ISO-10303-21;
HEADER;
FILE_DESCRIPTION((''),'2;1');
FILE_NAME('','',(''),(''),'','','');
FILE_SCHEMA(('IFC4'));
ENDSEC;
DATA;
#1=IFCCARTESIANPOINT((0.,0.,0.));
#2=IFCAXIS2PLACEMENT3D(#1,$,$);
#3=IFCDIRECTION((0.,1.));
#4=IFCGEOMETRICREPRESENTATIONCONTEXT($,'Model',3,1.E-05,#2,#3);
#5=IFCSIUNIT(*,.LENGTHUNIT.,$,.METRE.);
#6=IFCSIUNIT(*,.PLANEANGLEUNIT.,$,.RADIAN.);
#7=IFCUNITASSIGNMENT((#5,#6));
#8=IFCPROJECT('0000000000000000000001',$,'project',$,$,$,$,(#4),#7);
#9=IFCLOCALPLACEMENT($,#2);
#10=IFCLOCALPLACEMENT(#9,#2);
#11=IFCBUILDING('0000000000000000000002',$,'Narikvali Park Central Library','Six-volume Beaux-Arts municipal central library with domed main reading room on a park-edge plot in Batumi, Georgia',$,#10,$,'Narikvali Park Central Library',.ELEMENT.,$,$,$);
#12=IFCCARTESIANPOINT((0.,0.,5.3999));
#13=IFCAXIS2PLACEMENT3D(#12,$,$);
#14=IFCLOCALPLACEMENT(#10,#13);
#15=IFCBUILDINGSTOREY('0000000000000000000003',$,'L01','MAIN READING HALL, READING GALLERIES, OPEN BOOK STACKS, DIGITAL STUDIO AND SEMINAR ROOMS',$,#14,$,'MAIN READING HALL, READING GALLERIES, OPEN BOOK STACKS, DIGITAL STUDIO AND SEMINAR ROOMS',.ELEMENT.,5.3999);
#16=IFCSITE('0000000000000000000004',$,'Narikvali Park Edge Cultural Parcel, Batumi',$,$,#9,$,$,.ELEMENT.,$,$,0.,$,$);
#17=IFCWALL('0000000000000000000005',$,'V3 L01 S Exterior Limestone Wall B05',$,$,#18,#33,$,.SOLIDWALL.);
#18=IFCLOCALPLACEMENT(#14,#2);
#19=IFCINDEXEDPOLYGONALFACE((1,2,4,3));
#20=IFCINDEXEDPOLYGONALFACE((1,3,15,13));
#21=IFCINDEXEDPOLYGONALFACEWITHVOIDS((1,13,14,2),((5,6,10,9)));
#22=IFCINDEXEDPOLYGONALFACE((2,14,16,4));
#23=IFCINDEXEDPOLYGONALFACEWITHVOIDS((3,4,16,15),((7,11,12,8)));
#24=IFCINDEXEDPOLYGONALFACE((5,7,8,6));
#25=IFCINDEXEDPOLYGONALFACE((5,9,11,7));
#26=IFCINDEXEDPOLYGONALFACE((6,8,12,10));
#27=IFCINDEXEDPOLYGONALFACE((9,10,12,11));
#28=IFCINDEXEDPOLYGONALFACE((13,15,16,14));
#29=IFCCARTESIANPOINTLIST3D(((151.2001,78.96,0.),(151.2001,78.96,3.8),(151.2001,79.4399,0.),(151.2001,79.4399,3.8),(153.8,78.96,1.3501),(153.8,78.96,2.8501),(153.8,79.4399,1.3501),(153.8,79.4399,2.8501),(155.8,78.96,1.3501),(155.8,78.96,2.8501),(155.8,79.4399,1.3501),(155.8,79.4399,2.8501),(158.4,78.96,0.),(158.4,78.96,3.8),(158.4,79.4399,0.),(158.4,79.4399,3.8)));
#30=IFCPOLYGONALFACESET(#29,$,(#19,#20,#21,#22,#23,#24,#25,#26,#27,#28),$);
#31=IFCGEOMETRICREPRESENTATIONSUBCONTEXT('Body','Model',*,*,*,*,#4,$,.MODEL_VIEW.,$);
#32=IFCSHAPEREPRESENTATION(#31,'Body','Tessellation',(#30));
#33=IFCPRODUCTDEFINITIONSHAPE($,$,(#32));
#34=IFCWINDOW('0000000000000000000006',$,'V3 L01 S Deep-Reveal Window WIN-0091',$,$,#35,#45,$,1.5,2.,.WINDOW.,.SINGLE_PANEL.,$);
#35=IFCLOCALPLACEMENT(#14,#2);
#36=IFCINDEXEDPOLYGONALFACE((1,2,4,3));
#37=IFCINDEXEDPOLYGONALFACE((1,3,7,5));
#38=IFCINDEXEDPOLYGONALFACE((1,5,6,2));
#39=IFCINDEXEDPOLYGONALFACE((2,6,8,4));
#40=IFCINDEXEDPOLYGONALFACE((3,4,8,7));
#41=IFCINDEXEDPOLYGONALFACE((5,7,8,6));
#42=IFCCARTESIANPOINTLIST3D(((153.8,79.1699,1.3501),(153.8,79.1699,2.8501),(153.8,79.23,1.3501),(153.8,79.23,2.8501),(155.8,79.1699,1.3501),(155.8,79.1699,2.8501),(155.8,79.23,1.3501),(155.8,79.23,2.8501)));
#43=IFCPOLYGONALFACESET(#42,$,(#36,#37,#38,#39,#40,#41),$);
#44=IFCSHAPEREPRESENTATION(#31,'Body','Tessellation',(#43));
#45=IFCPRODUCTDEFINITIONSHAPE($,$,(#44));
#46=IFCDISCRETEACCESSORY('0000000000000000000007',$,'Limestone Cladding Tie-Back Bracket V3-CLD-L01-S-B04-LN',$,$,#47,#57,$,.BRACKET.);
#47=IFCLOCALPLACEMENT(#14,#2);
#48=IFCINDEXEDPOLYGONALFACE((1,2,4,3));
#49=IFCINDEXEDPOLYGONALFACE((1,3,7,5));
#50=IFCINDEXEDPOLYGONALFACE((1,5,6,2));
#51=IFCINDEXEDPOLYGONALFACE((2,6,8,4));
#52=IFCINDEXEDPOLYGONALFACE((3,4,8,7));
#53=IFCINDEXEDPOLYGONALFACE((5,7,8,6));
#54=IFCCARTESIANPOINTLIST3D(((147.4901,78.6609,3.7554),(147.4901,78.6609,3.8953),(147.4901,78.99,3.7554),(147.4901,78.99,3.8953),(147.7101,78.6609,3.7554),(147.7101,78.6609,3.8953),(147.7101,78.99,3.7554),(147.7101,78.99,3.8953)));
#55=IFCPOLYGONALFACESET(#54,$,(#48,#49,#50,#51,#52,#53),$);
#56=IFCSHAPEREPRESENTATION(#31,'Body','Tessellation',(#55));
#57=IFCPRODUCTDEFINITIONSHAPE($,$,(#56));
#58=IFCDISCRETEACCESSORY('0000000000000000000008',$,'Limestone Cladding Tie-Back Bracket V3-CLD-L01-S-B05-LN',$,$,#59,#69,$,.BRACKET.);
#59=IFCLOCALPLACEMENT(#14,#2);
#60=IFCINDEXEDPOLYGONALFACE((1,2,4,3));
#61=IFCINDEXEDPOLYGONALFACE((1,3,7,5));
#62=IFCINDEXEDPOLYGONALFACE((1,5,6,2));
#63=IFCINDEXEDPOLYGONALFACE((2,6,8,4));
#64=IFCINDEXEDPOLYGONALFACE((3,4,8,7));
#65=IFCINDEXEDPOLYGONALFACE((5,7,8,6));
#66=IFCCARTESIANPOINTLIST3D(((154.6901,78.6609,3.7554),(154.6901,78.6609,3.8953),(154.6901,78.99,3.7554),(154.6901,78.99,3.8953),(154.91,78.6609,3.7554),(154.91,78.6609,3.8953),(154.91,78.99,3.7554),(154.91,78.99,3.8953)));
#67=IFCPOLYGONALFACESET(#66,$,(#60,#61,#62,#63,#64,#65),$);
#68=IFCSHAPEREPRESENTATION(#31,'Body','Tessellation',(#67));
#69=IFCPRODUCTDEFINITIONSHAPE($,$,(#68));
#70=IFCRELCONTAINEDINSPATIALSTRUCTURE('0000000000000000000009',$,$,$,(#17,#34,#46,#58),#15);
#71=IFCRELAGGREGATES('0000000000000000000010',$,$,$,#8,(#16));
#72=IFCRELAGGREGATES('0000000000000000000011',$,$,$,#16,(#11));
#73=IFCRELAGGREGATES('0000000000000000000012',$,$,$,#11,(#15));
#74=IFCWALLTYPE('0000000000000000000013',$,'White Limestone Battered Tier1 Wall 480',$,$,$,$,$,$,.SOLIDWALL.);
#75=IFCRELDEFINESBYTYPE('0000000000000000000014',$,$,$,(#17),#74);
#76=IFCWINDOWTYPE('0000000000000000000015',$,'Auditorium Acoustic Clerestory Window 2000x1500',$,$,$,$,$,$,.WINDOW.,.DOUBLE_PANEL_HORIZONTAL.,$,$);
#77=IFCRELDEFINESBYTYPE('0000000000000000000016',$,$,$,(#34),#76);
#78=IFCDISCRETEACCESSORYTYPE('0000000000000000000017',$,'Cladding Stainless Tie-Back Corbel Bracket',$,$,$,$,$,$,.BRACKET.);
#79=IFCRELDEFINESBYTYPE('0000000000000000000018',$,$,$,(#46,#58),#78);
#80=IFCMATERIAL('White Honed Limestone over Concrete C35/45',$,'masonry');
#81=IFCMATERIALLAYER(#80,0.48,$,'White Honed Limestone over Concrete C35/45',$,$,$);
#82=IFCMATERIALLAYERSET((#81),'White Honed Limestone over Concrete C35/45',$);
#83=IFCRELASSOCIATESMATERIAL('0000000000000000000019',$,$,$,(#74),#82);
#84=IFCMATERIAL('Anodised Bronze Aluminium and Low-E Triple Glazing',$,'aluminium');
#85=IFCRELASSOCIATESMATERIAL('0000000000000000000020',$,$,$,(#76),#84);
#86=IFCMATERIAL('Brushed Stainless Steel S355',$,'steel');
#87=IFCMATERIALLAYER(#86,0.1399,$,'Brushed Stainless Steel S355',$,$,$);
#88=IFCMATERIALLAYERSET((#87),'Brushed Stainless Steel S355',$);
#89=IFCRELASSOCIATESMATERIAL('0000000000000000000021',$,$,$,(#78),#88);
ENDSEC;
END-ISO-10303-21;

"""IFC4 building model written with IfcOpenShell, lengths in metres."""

from ifc_helpers import new_model, si_unit, direction, frame, frame_2d, origin, origin_2d, place, context, subcontext, project, spatial, rectangle, extrude, material, layer, layer_set, type_object, element, fill, save


model = new_model("IFC4")

# Units and contexts
model_context = context("Model", 3, precision=1e-05, world=origin(), true_north=direction((0.0, 1.0)))
body_context = subcontext(model_context, "Body", "Model", "MODEL_VIEW")
ifc_project = project(units=[si_unit("LENGTHUNIT", "METRE"), si_unit("PLANEANGLEUNIT", "RADIAN")], contexts=[model_context])

# Site, building, storey
site_placement = place(None, origin())
site = spatial("IfcSite", under=ifc_project, at=site_placement, Name="Narikvali Park Edge Cultural Parcel, Batumi", CompositionType="ELEMENT", RefElevation=0.0)
building_placement = place(site_placement, origin())
building = spatial("IfcBuilding", under=site, at=building_placement, Name="Narikvali Park Central Library", Description="Six-volume Beaux-Arts municipal central library with domed main reading room on a park-edge plot in Batumi, Georgia", LongName="Narikvali Park Central Library", CompositionType="ELEMENT")
storey_placement = place(building_placement, frame((0.0, 0.0, 5.3999)))
storey = spatial("IfcBuildingStorey", under=building, at=storey_placement, Name="L01", Description="MAIN READING HALL, READING GALLERIES, OPEN BOOK STACKS, DIGITAL STUDIO AND SEMINAR ROOMS", LongName="MAIN READING HALL, READING GALLERIES, OPEN BOOK STACKS, DIGITAL STUDIO AND SEMINAR ROOMS", CompositionType="ELEMENT", Elevation=5.3999)

# Wall, opening, window
ifc_material_1 = material(Name="White Honed Limestone over Concrete C35/45", Category="masonry")
ifc_layer_1 = layer(ifc_material_1, 0.48, Name="White Honed Limestone over Concrete C35/45")
ifc_layer_set_1 = layer_set([ifc_layer_1], Name="White Honed Limestone over Concrete C35/45")
wall_type = type_object("IfcWallType", Name="White Limestone Battered Tier1 Wall 480", PredefinedType="SOLIDWALL", material=ifc_layer_set_1)
ifc_material_2 = material(Name="Anodised Bronze Aluminium and Low-E Triple Glazing", Category="aluminium")
window_type = type_object("IfcWindowType", Name="Auditorium Acoustic Clerestory Window 2000x1500", PartitioningType="DOUBLE_PANEL_HORIZONTAL", PredefinedType="WINDOW", material=ifc_material_2)
wall_1_placement = place(storey_placement, frame((151.2, 79.2, 0.0), z_axis=(0.0, 0.0, 1.0), x_axis=(1.0, 0.0, 0.0)))
wall_1 = element("IfcWall", 1, at=wall_1_placement, inside=storey, type_object=wall_type, Name="V3 L01 S Exterior Limestone Wall B05", PredefinedType="SOLIDWALL", context=body_context, shape_type="SweptSolid", body=[
    extrude(rectangle(XDim=7.2, YDim=0.48, at=frame_2d((3.6001, 0.0))), origin(), (0.0, 0.0, 1.0), 3.8),
])
opening_1_placement = place(wall_1_placement, frame((2.6001, 0.0, 1.3501)))
opening_1 = element("IfcOpeningElement", 2, at=opening_1_placement, cuts=wall_1, PredefinedType="OPENING", context=body_context, shape_type="SweptSolid", body=[
    extrude(rectangle(XDim=2.0, YDim=1.5, at=frame_2d((1.0, 0.75))), frame((0.0, 0.252, 0.0), z_axis=(0.0, -1.0, 0.0), x_axis=(1.0, 0.0, 0.0)), (0.0, 0.0, 1.0), 0.5039),
])
window_1_placement = place(opening_1_placement, origin())
window_1 = element("IfcWindow", 3, at=window_1_placement, inside=storey, type_object=window_type, Name="V3 L01 S Deep-Reveal Window WIN-0091", OverallHeight=1.5, OverallWidth=2.0, PartitioningType="SINGLE_PANEL", PredefinedType="WINDOW", context=body_context, shape_type="SweptSolid", body=[
    extrude(rectangle(XDim=2.0, YDim=1.5, at=frame_2d((1.0, 0.75))), frame((0.0, 0.03, 0.0), z_axis=(0.0, -1.0, 0.0), x_axis=(1.0, 0.0, 0.0)), (0.0, 0.0, 1.0), 0.0601),
])
fill(opening_1, window_1)

# Discrete accessories
ifc_material_3 = material(Name="Brushed Stainless Steel S355", Category="steel")
ifc_layer_2 = layer(ifc_material_3, 0.1399, Name="Brushed Stainless Steel S355")
ifc_layer_set_2 = layer_set([ifc_layer_2], Name="Brushed Stainless Steel S355")
discrete_accessory_type = type_object("IfcDiscreteAccessoryType", Name="Cladding Stainless Tie-Back Corbel Bracket", PredefinedType="BRACKET", material=ifc_layer_set_2)
for number, where, z_axis, x_axis, name in (
    (4, (147.6001, 78.8254, 3.7554), (0.0, 0.0, 1.0), (1.0, 0.0, 0.0), "Limestone Cladding Tie-Back Bracket V3-CLD-L01-S-B04-LN"),
    (5, (154.8, 78.8254, 3.7554), (0.0, 0.0, 1.0), (1.0, 0.0, 0.0), "Limestone Cladding Tie-Back Bracket V3-CLD-L01-S-B05-LN"),
):
    element("IfcDiscreteAccessory", number, at=place(storey_placement, frame(where, z_axis=z_axis, x_axis=x_axis)), inside=storey, type_object=discrete_accessory_type, Name=name, PredefinedType="BRACKET", context=body_context, shape_type="SweptSolid", body=[
        extrude(rectangle(XDim=0.22, YDim=0.3291, at=origin_2d()), origin(), (0.0, 0.0, 1.0), 0.1399),
    ])

save(model, "model.ifc")
